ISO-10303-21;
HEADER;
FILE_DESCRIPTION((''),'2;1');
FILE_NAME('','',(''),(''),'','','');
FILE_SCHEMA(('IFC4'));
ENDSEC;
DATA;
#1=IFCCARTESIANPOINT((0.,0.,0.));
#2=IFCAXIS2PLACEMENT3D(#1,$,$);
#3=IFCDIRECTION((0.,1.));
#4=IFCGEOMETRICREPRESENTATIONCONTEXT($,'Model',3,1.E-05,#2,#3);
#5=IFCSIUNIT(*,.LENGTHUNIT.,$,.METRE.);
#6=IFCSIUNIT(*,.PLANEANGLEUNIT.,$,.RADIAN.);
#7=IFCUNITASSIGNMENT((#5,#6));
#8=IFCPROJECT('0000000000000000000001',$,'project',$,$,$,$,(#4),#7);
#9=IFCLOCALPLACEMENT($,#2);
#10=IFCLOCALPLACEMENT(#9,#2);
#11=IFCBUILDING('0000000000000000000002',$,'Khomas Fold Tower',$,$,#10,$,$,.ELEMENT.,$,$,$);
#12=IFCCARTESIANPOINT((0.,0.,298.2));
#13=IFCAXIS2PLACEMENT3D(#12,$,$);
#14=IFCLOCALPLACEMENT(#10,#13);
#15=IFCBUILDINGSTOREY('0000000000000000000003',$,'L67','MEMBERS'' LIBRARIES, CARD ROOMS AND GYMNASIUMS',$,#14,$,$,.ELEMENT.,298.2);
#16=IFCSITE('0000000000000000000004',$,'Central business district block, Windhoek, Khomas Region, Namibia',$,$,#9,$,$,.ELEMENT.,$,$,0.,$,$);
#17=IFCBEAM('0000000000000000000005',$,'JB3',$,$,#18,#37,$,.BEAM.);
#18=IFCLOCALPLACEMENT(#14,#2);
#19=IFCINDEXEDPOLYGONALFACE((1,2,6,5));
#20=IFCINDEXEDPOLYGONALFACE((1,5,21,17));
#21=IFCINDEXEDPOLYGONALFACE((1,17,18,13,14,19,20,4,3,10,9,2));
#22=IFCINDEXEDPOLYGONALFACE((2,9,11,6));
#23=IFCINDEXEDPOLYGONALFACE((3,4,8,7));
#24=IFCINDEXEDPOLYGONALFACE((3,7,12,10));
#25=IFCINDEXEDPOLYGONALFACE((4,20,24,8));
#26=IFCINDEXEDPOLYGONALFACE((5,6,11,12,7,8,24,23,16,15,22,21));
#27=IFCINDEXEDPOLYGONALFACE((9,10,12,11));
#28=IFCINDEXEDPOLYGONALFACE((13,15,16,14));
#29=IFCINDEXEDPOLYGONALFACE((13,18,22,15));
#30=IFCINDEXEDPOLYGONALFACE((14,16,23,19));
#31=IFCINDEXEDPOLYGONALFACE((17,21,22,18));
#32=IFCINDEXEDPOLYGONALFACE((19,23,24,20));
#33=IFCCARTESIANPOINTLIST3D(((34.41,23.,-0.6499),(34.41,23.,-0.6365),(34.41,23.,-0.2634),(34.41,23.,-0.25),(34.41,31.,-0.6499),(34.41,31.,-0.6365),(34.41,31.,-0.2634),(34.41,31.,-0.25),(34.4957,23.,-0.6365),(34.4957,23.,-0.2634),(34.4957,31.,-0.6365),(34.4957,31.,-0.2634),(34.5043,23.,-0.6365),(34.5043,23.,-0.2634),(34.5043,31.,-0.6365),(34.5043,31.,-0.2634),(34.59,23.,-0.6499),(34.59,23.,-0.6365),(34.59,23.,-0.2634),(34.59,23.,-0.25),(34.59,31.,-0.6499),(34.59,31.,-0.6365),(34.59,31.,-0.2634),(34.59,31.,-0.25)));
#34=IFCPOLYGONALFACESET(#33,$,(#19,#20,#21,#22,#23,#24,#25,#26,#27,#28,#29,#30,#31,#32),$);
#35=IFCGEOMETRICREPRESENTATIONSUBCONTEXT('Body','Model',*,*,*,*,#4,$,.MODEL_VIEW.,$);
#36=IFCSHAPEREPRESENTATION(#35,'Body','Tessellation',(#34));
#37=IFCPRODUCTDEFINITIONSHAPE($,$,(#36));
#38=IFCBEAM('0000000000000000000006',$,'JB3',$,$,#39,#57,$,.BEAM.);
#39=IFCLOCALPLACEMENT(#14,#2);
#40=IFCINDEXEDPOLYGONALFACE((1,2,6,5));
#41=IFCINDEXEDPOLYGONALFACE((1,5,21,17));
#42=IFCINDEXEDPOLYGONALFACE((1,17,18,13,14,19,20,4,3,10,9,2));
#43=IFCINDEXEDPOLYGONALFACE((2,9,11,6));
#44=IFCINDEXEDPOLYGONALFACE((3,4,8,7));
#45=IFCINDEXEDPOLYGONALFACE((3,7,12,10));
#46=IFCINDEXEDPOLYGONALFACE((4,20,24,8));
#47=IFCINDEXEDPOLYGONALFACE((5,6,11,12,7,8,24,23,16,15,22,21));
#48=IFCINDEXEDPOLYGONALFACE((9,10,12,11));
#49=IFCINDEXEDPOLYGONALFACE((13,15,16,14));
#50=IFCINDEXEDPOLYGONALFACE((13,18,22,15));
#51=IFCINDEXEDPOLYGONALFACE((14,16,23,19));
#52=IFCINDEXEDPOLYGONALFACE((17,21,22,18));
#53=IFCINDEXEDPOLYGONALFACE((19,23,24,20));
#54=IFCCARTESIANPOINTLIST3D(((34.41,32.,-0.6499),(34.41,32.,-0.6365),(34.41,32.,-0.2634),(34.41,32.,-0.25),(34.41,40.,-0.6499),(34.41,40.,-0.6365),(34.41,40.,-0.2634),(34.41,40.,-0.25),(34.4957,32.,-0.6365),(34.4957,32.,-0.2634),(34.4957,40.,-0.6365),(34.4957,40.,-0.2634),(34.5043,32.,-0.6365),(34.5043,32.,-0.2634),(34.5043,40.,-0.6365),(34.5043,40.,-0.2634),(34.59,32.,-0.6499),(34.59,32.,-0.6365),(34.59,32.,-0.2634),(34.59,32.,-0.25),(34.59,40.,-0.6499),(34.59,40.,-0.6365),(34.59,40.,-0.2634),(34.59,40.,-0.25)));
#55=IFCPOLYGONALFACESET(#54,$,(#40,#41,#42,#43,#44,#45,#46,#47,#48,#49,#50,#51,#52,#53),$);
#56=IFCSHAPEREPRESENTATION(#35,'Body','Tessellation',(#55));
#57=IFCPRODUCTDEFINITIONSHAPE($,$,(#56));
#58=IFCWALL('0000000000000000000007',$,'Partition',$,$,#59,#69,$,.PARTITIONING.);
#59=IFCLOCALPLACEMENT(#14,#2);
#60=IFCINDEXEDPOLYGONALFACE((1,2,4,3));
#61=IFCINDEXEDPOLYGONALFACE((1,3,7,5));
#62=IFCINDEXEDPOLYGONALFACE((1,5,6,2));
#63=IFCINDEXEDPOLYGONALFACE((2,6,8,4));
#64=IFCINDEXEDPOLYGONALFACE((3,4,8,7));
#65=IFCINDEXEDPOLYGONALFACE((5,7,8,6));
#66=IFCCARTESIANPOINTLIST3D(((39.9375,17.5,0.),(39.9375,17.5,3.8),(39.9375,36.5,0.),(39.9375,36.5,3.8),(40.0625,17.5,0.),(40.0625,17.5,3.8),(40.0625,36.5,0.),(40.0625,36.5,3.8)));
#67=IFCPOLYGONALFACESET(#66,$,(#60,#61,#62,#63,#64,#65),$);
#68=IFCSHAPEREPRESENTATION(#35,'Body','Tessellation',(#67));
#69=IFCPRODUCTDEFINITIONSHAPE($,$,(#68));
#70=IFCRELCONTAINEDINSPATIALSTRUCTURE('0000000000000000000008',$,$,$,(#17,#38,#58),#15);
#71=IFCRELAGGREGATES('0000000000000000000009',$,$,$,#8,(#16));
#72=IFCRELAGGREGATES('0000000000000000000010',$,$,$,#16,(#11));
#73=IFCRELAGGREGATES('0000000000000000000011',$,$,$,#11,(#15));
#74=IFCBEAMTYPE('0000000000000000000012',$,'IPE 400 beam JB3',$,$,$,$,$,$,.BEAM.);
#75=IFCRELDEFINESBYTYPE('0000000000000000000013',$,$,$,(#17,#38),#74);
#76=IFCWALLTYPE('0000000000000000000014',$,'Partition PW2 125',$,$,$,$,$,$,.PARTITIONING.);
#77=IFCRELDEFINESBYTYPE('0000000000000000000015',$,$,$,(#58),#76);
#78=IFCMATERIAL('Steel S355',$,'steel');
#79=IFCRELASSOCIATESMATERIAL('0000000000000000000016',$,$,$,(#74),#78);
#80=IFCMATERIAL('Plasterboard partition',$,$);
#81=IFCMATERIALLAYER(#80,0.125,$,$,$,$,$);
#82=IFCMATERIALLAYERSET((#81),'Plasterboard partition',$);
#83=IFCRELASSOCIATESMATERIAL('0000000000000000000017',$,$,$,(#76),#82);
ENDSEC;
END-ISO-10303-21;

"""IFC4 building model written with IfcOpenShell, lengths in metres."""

from ifc_helpers import new_model, si_unit, direction, frame, frame_2d, origin, origin_2d, place, context, subcontext, project, spatial, rectangle, i_section, extrude, source, transform, mapped, material, layer, layer_set, material_profile, profile_set, type_object, element, save


model = new_model("IFC4")

# Units and contexts
model_context = context("Model", 3, precision=1e-05, world=origin(), true_north=direction((0.0, 1.0)))
body_context = subcontext(model_context, "Body", "Model", "MODEL_VIEW")
ifc_project = project(units=[si_unit("LENGTHUNIT", "METRE"), si_unit("PLANEANGLEUNIT", "RADIAN")], contexts=[model_context])

# Site, building, storey
site_placement = place(None, origin())
site = spatial("IfcSite", under=ifc_project, at=site_placement, Name="Central business district block, Windhoek, Khomas Region, Namibia", CompositionType="ELEMENT", RefElevation=0.0)
building_placement = place(site_placement, origin())
building = spatial("IfcBuilding", under=site, at=building_placement, Name="Khomas Fold Tower", CompositionType="ELEMENT")
storey_placement = place(building_placement, frame((0.0, 0.0, 298.2)))
storey = spatial("IfcBuildingStorey", under=building, at=storey_placement, Name="L67", Description="MEMBERS' LIBRARIES, CARD ROOMS AND GYMNASIUMS", CompositionType="ELEMENT", Elevation=298.2)

# Beams
ifc_material_1 = material(Name="Steel S355", Category="steel")
ifc_material_profile_1 = material_profile(ifc_material_1, i_section(OverallWidth=0.1799, OverallDepth=0.3999, WebThickness=0.0085, FlangeThickness=0.0134, at=origin_2d()), Name="IPE 400")
ifc_profile_set_1 = profile_set([ifc_material_profile_1], Name="Steel S355")
beam_type_1 = type_object("IfcBeamType", Name="IPE 400 beam JB3", PredefinedType="BEAM", material=ifc_profile_set_1)
shared_shape_1 = source(origin(), body_context, "Body", "SweptSolid", [
    extrude(i_section(OverallWidth=0.1799, OverallDepth=0.3999, WebThickness=0.0085, FlangeThickness=0.0134, at=origin_2d()), origin(), (0.0, 0.0, 1.0), 8.0),
])
for number, where, z_axis, x_axis, name in (
    (1, (34.5, 23.0, -0.45), (0.0, 1.0, 0.0), (-1.0, 0.0, 0.0), "JB3"),
    (2, (34.5, 32.0, -0.45), (0.0, 1.0, 0.0), (-1.0, 0.0, 0.0), "JB3"),
):
    element("IfcBeam", number, at=place(storey_placement, frame(where, z_axis=z_axis, x_axis=x_axis)), inside=storey, type_object=beam_type_1, Name=name, PredefinedType="BEAM", context=body_context, shape_type="MappedRepresentation", body=[
        mapped(shared_shape_1, transform((0.0, 0.0, 0.0))),
    ])

# Wall
ifc_material_2 = material(Name="Plasterboard partition")
ifc_layer_1 = layer(ifc_material_2, 0.125)
ifc_layer_set_1 = layer_set([ifc_layer_1], Name="Plasterboard partition")
wall_type_1 = type_object("IfcWallType", Name="Partition PW2 125", PredefinedType="PARTITIONING", material=ifc_layer_set_1)
shared_shape_2 = source(origin(), body_context, "Body", "SweptSolid", [
    extrude(rectangle(XDim=19.0, YDim=0.125, at=frame_2d((9.5, 0.0))), origin(), (0.0, 0.0, 1.0), 3.8),
])
wall_1_placement = place(storey_placement, frame((40.0, 17.5, 0.0), z_axis=(0.0, 0.0, 1.0), x_axis=(0.0, 1.0, 0.0)))
element("IfcWall", 3, at=wall_1_placement, inside=storey, type_object=wall_type_1, Name="Partition", PredefinedType="PARTITIONING", context=body_context, shape_type="MappedRepresentation", body=[
    mapped(shared_shape_2, transform((0.0, 0.0, 0.0))),
])

save(model, "model.ifc")
